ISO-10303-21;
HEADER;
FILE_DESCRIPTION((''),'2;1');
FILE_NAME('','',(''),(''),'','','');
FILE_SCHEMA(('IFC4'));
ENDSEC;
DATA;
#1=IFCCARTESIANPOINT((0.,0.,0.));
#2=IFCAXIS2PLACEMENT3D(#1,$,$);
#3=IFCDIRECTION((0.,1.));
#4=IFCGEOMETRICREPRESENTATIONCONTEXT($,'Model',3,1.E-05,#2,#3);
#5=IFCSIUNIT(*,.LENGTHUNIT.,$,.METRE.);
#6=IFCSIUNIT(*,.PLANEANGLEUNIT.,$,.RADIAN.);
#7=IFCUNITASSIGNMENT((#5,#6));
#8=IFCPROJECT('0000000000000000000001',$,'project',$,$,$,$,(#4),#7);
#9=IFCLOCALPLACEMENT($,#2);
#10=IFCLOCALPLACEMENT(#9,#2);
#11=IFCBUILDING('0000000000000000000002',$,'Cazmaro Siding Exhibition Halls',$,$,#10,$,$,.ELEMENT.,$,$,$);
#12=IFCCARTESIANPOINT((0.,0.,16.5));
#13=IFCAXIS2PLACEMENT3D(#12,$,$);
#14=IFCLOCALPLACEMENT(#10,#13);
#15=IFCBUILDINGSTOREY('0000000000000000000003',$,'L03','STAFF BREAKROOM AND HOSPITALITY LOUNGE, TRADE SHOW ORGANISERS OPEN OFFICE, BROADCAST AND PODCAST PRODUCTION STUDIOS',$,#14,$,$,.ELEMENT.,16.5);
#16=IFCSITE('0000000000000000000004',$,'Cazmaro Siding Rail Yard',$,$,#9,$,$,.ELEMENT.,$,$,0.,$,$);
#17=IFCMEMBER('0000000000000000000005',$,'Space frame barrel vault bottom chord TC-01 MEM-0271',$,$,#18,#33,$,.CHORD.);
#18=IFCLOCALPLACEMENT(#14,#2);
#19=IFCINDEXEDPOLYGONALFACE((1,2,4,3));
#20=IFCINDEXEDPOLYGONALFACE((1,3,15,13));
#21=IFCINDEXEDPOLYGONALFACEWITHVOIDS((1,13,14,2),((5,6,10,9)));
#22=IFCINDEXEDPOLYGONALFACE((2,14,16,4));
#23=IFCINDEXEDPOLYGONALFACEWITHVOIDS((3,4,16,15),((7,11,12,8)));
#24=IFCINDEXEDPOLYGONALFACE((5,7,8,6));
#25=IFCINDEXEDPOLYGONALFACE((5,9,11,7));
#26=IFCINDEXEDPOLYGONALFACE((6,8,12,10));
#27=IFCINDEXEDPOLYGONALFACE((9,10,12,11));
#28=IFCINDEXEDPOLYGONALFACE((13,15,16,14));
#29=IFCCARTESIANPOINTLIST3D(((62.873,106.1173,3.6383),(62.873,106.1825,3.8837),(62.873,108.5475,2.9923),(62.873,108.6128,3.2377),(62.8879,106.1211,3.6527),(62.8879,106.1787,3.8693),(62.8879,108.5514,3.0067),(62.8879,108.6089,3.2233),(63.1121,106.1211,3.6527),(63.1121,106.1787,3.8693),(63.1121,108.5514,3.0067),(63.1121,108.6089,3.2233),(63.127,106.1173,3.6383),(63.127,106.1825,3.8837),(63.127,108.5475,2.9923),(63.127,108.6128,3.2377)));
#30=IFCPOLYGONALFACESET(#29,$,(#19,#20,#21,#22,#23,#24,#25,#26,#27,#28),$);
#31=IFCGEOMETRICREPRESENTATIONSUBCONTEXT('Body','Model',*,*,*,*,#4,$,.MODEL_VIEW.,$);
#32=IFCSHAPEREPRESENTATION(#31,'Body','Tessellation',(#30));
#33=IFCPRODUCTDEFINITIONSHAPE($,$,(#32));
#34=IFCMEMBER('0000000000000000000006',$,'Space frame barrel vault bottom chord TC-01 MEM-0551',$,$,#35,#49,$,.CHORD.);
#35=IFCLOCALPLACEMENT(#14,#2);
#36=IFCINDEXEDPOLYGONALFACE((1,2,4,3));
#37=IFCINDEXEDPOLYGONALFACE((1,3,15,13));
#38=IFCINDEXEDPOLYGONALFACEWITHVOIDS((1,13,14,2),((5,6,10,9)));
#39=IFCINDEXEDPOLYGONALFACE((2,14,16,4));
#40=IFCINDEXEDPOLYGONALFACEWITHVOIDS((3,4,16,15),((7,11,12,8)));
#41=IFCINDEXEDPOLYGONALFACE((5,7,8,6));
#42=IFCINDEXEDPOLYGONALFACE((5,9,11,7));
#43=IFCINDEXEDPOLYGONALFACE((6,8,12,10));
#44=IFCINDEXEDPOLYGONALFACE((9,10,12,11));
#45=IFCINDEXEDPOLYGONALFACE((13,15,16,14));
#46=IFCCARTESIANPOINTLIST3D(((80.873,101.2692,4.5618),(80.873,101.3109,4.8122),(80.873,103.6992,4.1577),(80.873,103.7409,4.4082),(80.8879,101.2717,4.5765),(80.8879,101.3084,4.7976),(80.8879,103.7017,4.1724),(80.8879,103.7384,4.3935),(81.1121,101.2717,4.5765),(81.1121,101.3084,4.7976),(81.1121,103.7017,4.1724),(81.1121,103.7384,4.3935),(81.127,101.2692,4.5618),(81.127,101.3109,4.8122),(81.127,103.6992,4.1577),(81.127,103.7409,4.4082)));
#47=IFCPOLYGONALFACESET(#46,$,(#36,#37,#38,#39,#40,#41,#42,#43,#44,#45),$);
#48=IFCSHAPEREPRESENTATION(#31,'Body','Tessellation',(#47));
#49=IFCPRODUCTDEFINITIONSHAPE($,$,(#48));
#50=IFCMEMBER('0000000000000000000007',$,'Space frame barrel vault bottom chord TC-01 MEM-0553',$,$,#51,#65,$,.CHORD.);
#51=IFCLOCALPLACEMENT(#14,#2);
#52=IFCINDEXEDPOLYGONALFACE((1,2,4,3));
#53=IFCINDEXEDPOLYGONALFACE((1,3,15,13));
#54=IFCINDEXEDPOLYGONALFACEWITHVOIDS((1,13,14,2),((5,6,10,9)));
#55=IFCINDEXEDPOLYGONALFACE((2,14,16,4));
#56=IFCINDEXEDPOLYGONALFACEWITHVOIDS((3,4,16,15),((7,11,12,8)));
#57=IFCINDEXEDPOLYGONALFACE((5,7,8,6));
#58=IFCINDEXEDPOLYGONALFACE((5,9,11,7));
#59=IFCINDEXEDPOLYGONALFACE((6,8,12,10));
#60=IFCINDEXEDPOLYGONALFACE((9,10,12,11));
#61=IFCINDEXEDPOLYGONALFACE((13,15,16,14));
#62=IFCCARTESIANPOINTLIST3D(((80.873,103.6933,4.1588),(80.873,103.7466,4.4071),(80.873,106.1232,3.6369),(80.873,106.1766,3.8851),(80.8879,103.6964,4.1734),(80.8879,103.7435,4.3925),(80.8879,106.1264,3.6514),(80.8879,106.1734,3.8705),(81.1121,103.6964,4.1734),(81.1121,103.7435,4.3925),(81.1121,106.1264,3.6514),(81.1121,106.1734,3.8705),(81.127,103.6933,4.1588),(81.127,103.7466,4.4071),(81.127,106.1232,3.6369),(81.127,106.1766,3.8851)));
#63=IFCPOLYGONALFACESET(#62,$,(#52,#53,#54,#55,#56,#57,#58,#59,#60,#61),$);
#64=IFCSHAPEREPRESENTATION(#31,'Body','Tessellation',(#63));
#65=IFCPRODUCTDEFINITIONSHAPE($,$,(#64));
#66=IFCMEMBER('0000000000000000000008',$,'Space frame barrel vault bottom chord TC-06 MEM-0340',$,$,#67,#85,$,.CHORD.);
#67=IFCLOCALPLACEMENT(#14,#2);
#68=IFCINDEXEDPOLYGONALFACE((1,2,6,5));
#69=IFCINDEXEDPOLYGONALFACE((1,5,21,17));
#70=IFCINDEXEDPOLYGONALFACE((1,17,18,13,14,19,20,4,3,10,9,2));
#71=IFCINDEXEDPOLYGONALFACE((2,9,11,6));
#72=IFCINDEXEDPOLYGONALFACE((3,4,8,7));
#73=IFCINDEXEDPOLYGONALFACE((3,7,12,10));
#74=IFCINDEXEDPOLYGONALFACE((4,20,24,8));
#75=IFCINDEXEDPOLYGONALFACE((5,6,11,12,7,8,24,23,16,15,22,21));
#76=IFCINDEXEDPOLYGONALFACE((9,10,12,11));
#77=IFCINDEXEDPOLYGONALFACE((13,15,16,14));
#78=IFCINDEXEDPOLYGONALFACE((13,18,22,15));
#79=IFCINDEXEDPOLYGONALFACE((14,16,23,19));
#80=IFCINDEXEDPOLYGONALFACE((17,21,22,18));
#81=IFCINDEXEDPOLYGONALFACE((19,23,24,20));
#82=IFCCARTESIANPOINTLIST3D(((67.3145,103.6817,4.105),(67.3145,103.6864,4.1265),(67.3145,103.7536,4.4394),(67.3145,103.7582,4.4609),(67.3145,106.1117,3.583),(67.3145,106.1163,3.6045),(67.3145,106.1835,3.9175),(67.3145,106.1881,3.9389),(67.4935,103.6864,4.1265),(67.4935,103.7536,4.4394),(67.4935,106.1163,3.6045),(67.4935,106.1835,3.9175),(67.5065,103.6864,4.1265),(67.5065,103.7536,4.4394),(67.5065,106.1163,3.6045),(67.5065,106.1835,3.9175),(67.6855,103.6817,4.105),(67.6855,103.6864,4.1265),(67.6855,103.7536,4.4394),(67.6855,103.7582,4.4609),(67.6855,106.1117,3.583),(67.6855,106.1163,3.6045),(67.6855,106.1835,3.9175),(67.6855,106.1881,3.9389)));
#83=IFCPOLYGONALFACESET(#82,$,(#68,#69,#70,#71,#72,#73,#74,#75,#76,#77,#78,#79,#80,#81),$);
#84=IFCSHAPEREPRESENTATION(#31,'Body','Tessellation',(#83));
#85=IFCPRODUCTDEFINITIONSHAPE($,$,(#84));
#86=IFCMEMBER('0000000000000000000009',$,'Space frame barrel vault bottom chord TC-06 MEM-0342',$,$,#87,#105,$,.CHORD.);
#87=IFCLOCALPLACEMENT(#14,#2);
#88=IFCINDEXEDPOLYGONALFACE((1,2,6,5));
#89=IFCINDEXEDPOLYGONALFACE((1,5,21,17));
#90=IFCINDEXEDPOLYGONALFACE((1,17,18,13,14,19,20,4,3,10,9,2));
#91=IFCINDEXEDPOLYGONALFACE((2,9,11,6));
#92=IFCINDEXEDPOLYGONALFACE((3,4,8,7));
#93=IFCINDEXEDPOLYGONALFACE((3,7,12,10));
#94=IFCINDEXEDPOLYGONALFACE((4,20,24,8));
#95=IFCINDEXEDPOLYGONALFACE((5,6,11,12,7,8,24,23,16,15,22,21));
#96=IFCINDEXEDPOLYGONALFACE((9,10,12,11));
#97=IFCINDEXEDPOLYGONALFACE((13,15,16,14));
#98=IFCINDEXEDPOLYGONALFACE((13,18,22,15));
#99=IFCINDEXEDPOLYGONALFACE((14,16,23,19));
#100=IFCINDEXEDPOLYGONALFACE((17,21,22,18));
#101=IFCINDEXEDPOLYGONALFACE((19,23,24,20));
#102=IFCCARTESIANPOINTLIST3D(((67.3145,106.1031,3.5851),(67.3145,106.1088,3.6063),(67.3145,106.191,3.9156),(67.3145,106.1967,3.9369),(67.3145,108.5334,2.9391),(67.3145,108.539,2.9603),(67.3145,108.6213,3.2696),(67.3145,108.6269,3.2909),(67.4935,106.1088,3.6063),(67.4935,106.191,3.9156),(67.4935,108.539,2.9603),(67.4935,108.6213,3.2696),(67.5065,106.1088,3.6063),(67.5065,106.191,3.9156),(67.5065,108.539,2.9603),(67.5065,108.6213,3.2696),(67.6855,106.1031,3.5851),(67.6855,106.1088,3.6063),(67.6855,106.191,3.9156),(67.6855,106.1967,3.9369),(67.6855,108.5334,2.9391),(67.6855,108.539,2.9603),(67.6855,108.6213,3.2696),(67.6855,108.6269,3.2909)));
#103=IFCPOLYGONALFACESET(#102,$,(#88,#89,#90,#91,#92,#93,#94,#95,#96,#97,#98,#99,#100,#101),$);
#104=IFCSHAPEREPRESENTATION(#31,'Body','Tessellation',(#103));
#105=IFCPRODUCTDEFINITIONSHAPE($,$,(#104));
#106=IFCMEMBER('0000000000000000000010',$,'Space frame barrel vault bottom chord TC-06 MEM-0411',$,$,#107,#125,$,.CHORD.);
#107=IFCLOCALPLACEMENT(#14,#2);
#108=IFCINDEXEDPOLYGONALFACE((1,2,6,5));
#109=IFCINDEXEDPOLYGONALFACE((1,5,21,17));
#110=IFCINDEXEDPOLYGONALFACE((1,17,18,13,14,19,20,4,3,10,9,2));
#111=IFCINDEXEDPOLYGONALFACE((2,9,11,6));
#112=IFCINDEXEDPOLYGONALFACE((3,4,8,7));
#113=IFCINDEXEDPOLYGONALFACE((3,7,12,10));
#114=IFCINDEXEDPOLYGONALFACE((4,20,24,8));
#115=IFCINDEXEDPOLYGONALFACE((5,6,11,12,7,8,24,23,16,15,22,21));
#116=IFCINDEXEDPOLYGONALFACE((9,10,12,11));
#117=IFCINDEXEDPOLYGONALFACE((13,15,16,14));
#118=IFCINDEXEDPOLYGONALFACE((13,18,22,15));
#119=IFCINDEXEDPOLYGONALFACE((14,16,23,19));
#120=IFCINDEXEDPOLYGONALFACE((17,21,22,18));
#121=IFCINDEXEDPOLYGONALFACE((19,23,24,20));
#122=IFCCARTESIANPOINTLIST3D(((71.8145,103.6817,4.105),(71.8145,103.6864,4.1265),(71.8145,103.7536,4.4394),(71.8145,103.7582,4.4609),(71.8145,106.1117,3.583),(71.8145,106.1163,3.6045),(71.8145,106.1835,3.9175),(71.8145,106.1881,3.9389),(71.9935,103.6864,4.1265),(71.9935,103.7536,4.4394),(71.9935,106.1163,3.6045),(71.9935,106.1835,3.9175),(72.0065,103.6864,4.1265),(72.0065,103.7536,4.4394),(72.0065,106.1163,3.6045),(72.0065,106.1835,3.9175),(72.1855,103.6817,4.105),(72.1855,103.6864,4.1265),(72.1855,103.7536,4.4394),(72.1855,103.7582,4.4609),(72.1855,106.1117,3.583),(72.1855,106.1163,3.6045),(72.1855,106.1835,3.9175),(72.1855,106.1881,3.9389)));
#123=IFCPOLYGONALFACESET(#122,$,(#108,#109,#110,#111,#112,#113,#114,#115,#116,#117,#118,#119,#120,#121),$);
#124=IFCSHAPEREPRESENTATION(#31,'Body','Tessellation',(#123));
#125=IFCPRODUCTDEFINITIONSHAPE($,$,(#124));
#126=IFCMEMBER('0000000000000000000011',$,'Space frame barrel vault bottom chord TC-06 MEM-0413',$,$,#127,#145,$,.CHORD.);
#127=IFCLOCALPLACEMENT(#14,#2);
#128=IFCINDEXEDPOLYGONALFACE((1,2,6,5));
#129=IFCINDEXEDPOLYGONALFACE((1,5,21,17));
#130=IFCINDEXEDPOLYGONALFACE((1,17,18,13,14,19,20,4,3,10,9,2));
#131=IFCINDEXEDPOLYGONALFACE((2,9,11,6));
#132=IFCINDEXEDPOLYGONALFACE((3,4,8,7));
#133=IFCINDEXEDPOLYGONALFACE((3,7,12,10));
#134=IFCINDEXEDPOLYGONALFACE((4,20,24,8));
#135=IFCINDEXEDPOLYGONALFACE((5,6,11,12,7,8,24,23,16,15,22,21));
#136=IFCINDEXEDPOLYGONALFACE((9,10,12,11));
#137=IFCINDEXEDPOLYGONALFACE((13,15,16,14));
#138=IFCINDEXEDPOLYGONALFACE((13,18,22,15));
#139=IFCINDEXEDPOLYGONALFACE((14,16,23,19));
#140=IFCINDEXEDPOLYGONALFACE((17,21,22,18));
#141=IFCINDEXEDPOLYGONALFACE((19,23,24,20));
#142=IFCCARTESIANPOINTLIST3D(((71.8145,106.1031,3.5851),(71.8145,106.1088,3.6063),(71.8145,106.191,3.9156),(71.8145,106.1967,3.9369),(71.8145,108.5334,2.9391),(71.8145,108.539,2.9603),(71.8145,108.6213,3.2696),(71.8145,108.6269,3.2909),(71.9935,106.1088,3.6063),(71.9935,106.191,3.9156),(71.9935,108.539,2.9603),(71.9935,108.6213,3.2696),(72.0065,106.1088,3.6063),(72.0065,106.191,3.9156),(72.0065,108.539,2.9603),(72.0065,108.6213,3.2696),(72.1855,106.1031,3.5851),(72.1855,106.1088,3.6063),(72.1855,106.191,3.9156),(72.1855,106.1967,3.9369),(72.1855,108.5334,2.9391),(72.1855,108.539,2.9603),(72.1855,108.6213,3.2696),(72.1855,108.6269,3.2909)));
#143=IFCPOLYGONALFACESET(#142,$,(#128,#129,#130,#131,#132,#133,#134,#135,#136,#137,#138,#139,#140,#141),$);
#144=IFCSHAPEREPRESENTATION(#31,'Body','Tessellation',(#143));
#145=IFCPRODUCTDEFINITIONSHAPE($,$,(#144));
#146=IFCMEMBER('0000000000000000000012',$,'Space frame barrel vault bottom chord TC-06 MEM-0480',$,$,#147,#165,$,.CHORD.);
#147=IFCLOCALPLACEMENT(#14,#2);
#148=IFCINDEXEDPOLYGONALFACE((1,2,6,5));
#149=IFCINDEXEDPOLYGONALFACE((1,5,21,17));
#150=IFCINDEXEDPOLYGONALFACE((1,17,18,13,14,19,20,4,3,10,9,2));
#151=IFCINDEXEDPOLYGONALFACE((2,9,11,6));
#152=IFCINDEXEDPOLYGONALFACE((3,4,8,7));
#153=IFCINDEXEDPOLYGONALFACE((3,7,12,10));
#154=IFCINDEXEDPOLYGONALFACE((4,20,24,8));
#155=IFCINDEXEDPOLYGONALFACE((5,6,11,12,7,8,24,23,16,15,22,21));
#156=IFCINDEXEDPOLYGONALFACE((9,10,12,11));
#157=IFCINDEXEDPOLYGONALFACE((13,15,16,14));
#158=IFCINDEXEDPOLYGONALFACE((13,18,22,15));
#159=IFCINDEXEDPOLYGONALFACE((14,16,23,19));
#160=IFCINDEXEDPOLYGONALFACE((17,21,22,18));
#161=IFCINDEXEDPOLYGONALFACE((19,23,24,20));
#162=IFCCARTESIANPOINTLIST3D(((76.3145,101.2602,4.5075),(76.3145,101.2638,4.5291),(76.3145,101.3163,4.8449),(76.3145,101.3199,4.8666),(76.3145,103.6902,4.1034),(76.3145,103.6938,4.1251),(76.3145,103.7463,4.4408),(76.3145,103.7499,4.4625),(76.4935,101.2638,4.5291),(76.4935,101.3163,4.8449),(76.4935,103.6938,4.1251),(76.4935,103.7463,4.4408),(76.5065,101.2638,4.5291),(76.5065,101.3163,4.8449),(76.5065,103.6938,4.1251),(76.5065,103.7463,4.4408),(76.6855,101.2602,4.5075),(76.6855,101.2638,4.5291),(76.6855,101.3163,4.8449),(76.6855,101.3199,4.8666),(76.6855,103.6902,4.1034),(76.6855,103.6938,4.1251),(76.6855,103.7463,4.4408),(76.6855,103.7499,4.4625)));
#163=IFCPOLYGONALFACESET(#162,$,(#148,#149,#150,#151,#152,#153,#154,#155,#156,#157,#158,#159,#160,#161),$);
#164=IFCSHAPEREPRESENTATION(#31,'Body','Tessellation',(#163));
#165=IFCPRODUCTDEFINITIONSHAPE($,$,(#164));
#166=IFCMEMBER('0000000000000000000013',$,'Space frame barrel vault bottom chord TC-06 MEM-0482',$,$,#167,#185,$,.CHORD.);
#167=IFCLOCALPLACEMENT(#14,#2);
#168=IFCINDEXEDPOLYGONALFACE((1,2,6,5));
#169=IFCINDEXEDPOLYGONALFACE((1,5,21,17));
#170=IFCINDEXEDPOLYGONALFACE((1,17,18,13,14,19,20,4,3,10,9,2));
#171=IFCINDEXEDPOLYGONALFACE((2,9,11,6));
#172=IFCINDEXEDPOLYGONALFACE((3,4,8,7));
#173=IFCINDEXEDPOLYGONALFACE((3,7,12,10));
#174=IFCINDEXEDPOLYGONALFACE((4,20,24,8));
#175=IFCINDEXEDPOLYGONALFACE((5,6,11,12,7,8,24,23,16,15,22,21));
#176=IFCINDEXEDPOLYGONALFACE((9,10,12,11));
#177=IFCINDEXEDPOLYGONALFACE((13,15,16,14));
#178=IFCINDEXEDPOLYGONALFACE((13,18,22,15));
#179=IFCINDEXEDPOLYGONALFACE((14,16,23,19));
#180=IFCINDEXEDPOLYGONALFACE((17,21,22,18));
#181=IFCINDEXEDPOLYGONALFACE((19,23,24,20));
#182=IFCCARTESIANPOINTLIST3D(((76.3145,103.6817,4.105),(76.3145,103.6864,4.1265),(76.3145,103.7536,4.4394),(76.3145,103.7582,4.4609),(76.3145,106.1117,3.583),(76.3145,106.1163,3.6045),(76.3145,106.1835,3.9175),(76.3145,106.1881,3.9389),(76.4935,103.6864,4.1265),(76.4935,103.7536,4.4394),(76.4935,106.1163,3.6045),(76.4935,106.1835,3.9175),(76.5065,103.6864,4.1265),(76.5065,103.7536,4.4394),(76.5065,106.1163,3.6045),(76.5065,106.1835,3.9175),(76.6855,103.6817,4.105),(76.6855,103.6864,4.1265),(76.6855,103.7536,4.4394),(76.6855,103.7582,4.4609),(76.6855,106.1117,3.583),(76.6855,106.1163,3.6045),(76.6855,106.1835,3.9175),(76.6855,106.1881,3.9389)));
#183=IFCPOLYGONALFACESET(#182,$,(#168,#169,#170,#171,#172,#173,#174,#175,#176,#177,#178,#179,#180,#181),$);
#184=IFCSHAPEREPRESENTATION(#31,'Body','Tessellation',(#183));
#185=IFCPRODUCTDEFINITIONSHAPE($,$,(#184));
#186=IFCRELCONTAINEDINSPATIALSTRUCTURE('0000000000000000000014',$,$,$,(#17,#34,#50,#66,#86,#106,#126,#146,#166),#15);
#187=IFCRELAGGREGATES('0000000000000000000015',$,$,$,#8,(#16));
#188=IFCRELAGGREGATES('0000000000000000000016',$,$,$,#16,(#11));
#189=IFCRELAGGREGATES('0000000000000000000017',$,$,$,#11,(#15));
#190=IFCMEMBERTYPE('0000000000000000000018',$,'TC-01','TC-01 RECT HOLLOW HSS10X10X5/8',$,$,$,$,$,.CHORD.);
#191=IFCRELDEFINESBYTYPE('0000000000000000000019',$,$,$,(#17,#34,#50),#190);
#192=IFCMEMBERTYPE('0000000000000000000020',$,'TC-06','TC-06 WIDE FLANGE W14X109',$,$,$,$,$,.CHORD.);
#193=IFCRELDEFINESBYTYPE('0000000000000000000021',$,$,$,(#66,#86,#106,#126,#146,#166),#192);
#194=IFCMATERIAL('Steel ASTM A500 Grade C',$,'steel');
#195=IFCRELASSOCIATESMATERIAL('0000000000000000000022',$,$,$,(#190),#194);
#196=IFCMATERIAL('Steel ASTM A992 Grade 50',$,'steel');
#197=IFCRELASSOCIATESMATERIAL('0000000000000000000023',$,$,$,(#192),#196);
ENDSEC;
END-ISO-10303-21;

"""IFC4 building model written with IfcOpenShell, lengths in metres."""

from ifc_helpers import new_model, si_unit, direction, frame, origin, origin_2d, place, context, subcontext, project, spatial, hollow_rectangle, i_section, extrude, material, material_profile, profile_set, type_object, element, save


model = new_model("IFC4")

# Units and contexts
model_context = context("Model", 3, precision=1e-05, world=origin(), true_north=direction((0.0, 1.0)))
body_context = subcontext(model_context, "Body", "Model", "MODEL_VIEW")
ifc_project = project(units=[si_unit("LENGTHUNIT", "METRE"), si_unit("PLANEANGLEUNIT", "RADIAN")], contexts=[model_context])

# Site, building, storey
site_placement = place(None, origin())
site = spatial("IfcSite", under=ifc_project, at=site_placement, Name="Cazmaro Siding Rail Yard", CompositionType="ELEMENT", RefElevation=0.0)
building_placement = place(site_placement, origin())
building = spatial("IfcBuilding", under=site, at=building_placement, Name="Cazmaro Siding Exhibition Halls", CompositionType="ELEMENT")
storey_placement = place(building_placement, frame((0.0, 0.0, 16.5)))
storey = spatial("IfcBuildingStorey", under=building, at=storey_placement, Name="L03", Description="STAFF BREAKROOM AND HOSPITALITY LOUNGE, TRADE SHOW ORGANISERS OPEN OFFICE, BROADCAST AND PODCAST PRODUCTION STUDIOS", CompositionType="ELEMENT", Elevation=16.5)

# Members
ifc_material_1 = material(Name="Steel ASTM A500 Grade C", Category="steel")
ifc_material_profile_1 = material_profile(ifc_material_1, hollow_rectangle(XDim=0.2539, YDim=0.2539, WallThickness=0.0149, at=origin_2d()), Name="HSS10X10X5/8")
ifc_profile_set_1 = profile_set([ifc_material_profile_1], Name="Steel ASTM A500 Grade C")
member_type_1 = type_object("IfcMemberType", Name="TC-01", Description="TC-01 RECT HOLLOW HSS10X10X5/8", PredefinedType="CHORD", material=ifc_profile_set_1)
member_1_placement = place(storey_placement, frame((63.0, 106.1499, 3.761), z_axis=(0.0, 0.966438, -0.256901), x_axis=(-1.0, 0.0, 0.0)))
element("IfcMember", 1, at=member_1_placement, inside=storey, type_object=member_type_1, Name="Space frame barrel vault bottom chord TC-01 MEM-0271", PredefinedType="CHORD", context=body_context, shape_type="SweptSolid", body=[
    extrude(hollow_rectangle(XDim=0.2539, YDim=0.2539, WallThickness=0.0149, at=origin_2d()), origin(), (0.0, 0.0, 1.0), 2.5146),
])
member_2_placement = place(storey_placement, frame((81.0, 101.29, 4.687), z_axis=(0.0, 0.986455, -0.164029), x_axis=(-1.0, 0.0, 0.0)))
element("IfcMember", 2, at=member_2_placement, inside=storey, type_object=member_type_1, Name="Space frame barrel vault bottom chord TC-01 MEM-0551", PredefinedType="CHORD", context=body_context, shape_type="SweptSolid", body=[
    extrude(hollow_rectangle(XDim=0.2539, YDim=0.2539, WallThickness=0.0149, at=origin_2d()), origin(), (0.0, 0.0, 1.0), 2.4634),
])
member_3_placement = place(storey_placement, frame((81.0, 103.72, 4.283), z_axis=(0.0, 0.977697, -0.210019), x_axis=(-1.0, 0.0, 0.0)))
element("IfcMember", 3, at=member_3_placement, inside=storey, type_object=member_type_1, Name="Space frame barrel vault bottom chord TC-01 MEM-0553", PredefinedType="CHORD", context=body_context, shape_type="SweptSolid", body=[
    extrude(hollow_rectangle(XDim=0.2539, YDim=0.2539, WallThickness=0.0149, at=origin_2d()), origin(), (0.0, 0.0, 1.0), 2.4854),
])
ifc_material_2 = material(Name="Steel ASTM A992 Grade 50", Category="steel")
ifc_material_profile_2 = material_profile(ifc_material_2, i_section(OverallWidth=0.3711, OverallDepth=0.364, WebThickness=0.0129, FlangeThickness=0.022, at=origin_2d()), Name="W14X109")
ifc_profile_set_2 = profile_set([ifc_material_profile_2], Name="Steel ASTM A992 Grade 50")
member_type_2 = type_object("IfcMemberType", Name="TC-06", Description="TC-06 WIDE FLANGE W14X109", PredefinedType="CHORD", material=ifc_profile_set_2)
member_4_placement = place(storey_placement, frame((67.5, 103.72, 4.283), z_axis=(0.0, 0.977697, -0.210019), x_axis=(-1.0, 0.0, 0.0)))
element("IfcMember", 4, at=member_4_placement, inside=storey, type_object=member_type_2, Name="Space frame barrel vault bottom chord TC-06 MEM-0340", PredefinedType="CHORD", context=body_context, shape_type="SweptSolid", body=[
    extrude(i_section(OverallWidth=0.3711, OverallDepth=0.364, WebThickness=0.0129, FlangeThickness=0.022, at=origin_2d()), origin(), (0.0, 0.0, 1.0), 2.4854),
])
member_5_placement = place(storey_placement, frame((67.5, 106.1499, 3.761), z_axis=(0.0, 0.966438, -0.256901), x_axis=(-1.0, 0.0, 0.0)))
element("IfcMember", 5, at=member_5_placement, inside=storey, type_object=member_type_2, Name="Space frame barrel vault bottom chord TC-06 MEM-0342", PredefinedType="CHORD", context=body_context, shape_type="SweptSolid", body=[
    extrude(i_section(OverallWidth=0.3711, OverallDepth=0.364, WebThickness=0.0129, FlangeThickness=0.022, at=origin_2d()), origin(), (0.0, 0.0, 1.0), 2.5146),
])
member_6_placement = place(storey_placement, frame((72.0, 103.72, 4.283), z_axis=(0.0, 0.977697, -0.210019), x_axis=(-1.0, 0.0, 0.0)))
element("IfcMember", 6, at=member_6_placement, inside=storey, type_object=member_type_2, Name="Space frame barrel vault bottom chord TC-06 MEM-0411", PredefinedType="CHORD", context=body_context, shape_type="SweptSolid", body=[
    extrude(i_section(OverallWidth=0.3711, OverallDepth=0.364, WebThickness=0.0129, FlangeThickness=0.022, at=origin_2d()), origin(), (0.0, 0.0, 1.0), 2.4854),
])
member_7_placement = place(storey_placement, frame((72.0, 106.1499, 3.761), z_axis=(0.0, 0.966438, -0.256901), x_axis=(-1.0, 0.0, 0.0)))
element("IfcMember", 7, at=member_7_placement, inside=storey, type_object=member_type_2, Name="Space frame barrel vault bottom chord TC-06 MEM-0413", PredefinedType="CHORD", context=body_context, shape_type="SweptSolid", body=[
    extrude(i_section(OverallWidth=0.3711, OverallDepth=0.364, WebThickness=0.0129, FlangeThickness=0.022, at=origin_2d()), origin(), (0.0, 0.0, 1.0), 2.5146),
])
member_8_placement = place(storey_placement, frame((76.5, 101.29, 4.687), z_axis=(0.0, 0.986455, -0.164029), x_axis=(-1.0, 0.0, 0.0)))
element("IfcMember", 8, at=member_8_placement, inside=storey, type_object=member_type_2, Name="Space frame barrel vault bottom chord TC-06 MEM-0480", PredefinedType="CHORD", context=body_context, shape_type="SweptSolid", body=[
    extrude(i_section(OverallWidth=0.3711, OverallDepth=0.364, WebThickness=0.0129, FlangeThickness=0.022, at=origin_2d()), origin(), (0.0, 0.0, 1.0), 2.4634),
])
member_9_placement = place(storey_placement, frame((76.5, 103.72, 4.283), z_axis=(0.0, 0.977697, -0.210019), x_axis=(-1.0, 0.0, 0.0)))
element("IfcMember", 9, at=member_9_placement, inside=storey, type_object=member_type_2, Name="Space frame barrel vault bottom chord TC-06 MEM-0482", PredefinedType="CHORD", context=body_context, shape_type="SweptSolid", body=[
    extrude(i_section(OverallWidth=0.3711, OverallDepth=0.364, WebThickness=0.0129, FlangeThickness=0.022, at=origin_2d()), origin(), (0.0, 0.0, 1.0), 2.4854),
])

save(model, "model.ifc")
